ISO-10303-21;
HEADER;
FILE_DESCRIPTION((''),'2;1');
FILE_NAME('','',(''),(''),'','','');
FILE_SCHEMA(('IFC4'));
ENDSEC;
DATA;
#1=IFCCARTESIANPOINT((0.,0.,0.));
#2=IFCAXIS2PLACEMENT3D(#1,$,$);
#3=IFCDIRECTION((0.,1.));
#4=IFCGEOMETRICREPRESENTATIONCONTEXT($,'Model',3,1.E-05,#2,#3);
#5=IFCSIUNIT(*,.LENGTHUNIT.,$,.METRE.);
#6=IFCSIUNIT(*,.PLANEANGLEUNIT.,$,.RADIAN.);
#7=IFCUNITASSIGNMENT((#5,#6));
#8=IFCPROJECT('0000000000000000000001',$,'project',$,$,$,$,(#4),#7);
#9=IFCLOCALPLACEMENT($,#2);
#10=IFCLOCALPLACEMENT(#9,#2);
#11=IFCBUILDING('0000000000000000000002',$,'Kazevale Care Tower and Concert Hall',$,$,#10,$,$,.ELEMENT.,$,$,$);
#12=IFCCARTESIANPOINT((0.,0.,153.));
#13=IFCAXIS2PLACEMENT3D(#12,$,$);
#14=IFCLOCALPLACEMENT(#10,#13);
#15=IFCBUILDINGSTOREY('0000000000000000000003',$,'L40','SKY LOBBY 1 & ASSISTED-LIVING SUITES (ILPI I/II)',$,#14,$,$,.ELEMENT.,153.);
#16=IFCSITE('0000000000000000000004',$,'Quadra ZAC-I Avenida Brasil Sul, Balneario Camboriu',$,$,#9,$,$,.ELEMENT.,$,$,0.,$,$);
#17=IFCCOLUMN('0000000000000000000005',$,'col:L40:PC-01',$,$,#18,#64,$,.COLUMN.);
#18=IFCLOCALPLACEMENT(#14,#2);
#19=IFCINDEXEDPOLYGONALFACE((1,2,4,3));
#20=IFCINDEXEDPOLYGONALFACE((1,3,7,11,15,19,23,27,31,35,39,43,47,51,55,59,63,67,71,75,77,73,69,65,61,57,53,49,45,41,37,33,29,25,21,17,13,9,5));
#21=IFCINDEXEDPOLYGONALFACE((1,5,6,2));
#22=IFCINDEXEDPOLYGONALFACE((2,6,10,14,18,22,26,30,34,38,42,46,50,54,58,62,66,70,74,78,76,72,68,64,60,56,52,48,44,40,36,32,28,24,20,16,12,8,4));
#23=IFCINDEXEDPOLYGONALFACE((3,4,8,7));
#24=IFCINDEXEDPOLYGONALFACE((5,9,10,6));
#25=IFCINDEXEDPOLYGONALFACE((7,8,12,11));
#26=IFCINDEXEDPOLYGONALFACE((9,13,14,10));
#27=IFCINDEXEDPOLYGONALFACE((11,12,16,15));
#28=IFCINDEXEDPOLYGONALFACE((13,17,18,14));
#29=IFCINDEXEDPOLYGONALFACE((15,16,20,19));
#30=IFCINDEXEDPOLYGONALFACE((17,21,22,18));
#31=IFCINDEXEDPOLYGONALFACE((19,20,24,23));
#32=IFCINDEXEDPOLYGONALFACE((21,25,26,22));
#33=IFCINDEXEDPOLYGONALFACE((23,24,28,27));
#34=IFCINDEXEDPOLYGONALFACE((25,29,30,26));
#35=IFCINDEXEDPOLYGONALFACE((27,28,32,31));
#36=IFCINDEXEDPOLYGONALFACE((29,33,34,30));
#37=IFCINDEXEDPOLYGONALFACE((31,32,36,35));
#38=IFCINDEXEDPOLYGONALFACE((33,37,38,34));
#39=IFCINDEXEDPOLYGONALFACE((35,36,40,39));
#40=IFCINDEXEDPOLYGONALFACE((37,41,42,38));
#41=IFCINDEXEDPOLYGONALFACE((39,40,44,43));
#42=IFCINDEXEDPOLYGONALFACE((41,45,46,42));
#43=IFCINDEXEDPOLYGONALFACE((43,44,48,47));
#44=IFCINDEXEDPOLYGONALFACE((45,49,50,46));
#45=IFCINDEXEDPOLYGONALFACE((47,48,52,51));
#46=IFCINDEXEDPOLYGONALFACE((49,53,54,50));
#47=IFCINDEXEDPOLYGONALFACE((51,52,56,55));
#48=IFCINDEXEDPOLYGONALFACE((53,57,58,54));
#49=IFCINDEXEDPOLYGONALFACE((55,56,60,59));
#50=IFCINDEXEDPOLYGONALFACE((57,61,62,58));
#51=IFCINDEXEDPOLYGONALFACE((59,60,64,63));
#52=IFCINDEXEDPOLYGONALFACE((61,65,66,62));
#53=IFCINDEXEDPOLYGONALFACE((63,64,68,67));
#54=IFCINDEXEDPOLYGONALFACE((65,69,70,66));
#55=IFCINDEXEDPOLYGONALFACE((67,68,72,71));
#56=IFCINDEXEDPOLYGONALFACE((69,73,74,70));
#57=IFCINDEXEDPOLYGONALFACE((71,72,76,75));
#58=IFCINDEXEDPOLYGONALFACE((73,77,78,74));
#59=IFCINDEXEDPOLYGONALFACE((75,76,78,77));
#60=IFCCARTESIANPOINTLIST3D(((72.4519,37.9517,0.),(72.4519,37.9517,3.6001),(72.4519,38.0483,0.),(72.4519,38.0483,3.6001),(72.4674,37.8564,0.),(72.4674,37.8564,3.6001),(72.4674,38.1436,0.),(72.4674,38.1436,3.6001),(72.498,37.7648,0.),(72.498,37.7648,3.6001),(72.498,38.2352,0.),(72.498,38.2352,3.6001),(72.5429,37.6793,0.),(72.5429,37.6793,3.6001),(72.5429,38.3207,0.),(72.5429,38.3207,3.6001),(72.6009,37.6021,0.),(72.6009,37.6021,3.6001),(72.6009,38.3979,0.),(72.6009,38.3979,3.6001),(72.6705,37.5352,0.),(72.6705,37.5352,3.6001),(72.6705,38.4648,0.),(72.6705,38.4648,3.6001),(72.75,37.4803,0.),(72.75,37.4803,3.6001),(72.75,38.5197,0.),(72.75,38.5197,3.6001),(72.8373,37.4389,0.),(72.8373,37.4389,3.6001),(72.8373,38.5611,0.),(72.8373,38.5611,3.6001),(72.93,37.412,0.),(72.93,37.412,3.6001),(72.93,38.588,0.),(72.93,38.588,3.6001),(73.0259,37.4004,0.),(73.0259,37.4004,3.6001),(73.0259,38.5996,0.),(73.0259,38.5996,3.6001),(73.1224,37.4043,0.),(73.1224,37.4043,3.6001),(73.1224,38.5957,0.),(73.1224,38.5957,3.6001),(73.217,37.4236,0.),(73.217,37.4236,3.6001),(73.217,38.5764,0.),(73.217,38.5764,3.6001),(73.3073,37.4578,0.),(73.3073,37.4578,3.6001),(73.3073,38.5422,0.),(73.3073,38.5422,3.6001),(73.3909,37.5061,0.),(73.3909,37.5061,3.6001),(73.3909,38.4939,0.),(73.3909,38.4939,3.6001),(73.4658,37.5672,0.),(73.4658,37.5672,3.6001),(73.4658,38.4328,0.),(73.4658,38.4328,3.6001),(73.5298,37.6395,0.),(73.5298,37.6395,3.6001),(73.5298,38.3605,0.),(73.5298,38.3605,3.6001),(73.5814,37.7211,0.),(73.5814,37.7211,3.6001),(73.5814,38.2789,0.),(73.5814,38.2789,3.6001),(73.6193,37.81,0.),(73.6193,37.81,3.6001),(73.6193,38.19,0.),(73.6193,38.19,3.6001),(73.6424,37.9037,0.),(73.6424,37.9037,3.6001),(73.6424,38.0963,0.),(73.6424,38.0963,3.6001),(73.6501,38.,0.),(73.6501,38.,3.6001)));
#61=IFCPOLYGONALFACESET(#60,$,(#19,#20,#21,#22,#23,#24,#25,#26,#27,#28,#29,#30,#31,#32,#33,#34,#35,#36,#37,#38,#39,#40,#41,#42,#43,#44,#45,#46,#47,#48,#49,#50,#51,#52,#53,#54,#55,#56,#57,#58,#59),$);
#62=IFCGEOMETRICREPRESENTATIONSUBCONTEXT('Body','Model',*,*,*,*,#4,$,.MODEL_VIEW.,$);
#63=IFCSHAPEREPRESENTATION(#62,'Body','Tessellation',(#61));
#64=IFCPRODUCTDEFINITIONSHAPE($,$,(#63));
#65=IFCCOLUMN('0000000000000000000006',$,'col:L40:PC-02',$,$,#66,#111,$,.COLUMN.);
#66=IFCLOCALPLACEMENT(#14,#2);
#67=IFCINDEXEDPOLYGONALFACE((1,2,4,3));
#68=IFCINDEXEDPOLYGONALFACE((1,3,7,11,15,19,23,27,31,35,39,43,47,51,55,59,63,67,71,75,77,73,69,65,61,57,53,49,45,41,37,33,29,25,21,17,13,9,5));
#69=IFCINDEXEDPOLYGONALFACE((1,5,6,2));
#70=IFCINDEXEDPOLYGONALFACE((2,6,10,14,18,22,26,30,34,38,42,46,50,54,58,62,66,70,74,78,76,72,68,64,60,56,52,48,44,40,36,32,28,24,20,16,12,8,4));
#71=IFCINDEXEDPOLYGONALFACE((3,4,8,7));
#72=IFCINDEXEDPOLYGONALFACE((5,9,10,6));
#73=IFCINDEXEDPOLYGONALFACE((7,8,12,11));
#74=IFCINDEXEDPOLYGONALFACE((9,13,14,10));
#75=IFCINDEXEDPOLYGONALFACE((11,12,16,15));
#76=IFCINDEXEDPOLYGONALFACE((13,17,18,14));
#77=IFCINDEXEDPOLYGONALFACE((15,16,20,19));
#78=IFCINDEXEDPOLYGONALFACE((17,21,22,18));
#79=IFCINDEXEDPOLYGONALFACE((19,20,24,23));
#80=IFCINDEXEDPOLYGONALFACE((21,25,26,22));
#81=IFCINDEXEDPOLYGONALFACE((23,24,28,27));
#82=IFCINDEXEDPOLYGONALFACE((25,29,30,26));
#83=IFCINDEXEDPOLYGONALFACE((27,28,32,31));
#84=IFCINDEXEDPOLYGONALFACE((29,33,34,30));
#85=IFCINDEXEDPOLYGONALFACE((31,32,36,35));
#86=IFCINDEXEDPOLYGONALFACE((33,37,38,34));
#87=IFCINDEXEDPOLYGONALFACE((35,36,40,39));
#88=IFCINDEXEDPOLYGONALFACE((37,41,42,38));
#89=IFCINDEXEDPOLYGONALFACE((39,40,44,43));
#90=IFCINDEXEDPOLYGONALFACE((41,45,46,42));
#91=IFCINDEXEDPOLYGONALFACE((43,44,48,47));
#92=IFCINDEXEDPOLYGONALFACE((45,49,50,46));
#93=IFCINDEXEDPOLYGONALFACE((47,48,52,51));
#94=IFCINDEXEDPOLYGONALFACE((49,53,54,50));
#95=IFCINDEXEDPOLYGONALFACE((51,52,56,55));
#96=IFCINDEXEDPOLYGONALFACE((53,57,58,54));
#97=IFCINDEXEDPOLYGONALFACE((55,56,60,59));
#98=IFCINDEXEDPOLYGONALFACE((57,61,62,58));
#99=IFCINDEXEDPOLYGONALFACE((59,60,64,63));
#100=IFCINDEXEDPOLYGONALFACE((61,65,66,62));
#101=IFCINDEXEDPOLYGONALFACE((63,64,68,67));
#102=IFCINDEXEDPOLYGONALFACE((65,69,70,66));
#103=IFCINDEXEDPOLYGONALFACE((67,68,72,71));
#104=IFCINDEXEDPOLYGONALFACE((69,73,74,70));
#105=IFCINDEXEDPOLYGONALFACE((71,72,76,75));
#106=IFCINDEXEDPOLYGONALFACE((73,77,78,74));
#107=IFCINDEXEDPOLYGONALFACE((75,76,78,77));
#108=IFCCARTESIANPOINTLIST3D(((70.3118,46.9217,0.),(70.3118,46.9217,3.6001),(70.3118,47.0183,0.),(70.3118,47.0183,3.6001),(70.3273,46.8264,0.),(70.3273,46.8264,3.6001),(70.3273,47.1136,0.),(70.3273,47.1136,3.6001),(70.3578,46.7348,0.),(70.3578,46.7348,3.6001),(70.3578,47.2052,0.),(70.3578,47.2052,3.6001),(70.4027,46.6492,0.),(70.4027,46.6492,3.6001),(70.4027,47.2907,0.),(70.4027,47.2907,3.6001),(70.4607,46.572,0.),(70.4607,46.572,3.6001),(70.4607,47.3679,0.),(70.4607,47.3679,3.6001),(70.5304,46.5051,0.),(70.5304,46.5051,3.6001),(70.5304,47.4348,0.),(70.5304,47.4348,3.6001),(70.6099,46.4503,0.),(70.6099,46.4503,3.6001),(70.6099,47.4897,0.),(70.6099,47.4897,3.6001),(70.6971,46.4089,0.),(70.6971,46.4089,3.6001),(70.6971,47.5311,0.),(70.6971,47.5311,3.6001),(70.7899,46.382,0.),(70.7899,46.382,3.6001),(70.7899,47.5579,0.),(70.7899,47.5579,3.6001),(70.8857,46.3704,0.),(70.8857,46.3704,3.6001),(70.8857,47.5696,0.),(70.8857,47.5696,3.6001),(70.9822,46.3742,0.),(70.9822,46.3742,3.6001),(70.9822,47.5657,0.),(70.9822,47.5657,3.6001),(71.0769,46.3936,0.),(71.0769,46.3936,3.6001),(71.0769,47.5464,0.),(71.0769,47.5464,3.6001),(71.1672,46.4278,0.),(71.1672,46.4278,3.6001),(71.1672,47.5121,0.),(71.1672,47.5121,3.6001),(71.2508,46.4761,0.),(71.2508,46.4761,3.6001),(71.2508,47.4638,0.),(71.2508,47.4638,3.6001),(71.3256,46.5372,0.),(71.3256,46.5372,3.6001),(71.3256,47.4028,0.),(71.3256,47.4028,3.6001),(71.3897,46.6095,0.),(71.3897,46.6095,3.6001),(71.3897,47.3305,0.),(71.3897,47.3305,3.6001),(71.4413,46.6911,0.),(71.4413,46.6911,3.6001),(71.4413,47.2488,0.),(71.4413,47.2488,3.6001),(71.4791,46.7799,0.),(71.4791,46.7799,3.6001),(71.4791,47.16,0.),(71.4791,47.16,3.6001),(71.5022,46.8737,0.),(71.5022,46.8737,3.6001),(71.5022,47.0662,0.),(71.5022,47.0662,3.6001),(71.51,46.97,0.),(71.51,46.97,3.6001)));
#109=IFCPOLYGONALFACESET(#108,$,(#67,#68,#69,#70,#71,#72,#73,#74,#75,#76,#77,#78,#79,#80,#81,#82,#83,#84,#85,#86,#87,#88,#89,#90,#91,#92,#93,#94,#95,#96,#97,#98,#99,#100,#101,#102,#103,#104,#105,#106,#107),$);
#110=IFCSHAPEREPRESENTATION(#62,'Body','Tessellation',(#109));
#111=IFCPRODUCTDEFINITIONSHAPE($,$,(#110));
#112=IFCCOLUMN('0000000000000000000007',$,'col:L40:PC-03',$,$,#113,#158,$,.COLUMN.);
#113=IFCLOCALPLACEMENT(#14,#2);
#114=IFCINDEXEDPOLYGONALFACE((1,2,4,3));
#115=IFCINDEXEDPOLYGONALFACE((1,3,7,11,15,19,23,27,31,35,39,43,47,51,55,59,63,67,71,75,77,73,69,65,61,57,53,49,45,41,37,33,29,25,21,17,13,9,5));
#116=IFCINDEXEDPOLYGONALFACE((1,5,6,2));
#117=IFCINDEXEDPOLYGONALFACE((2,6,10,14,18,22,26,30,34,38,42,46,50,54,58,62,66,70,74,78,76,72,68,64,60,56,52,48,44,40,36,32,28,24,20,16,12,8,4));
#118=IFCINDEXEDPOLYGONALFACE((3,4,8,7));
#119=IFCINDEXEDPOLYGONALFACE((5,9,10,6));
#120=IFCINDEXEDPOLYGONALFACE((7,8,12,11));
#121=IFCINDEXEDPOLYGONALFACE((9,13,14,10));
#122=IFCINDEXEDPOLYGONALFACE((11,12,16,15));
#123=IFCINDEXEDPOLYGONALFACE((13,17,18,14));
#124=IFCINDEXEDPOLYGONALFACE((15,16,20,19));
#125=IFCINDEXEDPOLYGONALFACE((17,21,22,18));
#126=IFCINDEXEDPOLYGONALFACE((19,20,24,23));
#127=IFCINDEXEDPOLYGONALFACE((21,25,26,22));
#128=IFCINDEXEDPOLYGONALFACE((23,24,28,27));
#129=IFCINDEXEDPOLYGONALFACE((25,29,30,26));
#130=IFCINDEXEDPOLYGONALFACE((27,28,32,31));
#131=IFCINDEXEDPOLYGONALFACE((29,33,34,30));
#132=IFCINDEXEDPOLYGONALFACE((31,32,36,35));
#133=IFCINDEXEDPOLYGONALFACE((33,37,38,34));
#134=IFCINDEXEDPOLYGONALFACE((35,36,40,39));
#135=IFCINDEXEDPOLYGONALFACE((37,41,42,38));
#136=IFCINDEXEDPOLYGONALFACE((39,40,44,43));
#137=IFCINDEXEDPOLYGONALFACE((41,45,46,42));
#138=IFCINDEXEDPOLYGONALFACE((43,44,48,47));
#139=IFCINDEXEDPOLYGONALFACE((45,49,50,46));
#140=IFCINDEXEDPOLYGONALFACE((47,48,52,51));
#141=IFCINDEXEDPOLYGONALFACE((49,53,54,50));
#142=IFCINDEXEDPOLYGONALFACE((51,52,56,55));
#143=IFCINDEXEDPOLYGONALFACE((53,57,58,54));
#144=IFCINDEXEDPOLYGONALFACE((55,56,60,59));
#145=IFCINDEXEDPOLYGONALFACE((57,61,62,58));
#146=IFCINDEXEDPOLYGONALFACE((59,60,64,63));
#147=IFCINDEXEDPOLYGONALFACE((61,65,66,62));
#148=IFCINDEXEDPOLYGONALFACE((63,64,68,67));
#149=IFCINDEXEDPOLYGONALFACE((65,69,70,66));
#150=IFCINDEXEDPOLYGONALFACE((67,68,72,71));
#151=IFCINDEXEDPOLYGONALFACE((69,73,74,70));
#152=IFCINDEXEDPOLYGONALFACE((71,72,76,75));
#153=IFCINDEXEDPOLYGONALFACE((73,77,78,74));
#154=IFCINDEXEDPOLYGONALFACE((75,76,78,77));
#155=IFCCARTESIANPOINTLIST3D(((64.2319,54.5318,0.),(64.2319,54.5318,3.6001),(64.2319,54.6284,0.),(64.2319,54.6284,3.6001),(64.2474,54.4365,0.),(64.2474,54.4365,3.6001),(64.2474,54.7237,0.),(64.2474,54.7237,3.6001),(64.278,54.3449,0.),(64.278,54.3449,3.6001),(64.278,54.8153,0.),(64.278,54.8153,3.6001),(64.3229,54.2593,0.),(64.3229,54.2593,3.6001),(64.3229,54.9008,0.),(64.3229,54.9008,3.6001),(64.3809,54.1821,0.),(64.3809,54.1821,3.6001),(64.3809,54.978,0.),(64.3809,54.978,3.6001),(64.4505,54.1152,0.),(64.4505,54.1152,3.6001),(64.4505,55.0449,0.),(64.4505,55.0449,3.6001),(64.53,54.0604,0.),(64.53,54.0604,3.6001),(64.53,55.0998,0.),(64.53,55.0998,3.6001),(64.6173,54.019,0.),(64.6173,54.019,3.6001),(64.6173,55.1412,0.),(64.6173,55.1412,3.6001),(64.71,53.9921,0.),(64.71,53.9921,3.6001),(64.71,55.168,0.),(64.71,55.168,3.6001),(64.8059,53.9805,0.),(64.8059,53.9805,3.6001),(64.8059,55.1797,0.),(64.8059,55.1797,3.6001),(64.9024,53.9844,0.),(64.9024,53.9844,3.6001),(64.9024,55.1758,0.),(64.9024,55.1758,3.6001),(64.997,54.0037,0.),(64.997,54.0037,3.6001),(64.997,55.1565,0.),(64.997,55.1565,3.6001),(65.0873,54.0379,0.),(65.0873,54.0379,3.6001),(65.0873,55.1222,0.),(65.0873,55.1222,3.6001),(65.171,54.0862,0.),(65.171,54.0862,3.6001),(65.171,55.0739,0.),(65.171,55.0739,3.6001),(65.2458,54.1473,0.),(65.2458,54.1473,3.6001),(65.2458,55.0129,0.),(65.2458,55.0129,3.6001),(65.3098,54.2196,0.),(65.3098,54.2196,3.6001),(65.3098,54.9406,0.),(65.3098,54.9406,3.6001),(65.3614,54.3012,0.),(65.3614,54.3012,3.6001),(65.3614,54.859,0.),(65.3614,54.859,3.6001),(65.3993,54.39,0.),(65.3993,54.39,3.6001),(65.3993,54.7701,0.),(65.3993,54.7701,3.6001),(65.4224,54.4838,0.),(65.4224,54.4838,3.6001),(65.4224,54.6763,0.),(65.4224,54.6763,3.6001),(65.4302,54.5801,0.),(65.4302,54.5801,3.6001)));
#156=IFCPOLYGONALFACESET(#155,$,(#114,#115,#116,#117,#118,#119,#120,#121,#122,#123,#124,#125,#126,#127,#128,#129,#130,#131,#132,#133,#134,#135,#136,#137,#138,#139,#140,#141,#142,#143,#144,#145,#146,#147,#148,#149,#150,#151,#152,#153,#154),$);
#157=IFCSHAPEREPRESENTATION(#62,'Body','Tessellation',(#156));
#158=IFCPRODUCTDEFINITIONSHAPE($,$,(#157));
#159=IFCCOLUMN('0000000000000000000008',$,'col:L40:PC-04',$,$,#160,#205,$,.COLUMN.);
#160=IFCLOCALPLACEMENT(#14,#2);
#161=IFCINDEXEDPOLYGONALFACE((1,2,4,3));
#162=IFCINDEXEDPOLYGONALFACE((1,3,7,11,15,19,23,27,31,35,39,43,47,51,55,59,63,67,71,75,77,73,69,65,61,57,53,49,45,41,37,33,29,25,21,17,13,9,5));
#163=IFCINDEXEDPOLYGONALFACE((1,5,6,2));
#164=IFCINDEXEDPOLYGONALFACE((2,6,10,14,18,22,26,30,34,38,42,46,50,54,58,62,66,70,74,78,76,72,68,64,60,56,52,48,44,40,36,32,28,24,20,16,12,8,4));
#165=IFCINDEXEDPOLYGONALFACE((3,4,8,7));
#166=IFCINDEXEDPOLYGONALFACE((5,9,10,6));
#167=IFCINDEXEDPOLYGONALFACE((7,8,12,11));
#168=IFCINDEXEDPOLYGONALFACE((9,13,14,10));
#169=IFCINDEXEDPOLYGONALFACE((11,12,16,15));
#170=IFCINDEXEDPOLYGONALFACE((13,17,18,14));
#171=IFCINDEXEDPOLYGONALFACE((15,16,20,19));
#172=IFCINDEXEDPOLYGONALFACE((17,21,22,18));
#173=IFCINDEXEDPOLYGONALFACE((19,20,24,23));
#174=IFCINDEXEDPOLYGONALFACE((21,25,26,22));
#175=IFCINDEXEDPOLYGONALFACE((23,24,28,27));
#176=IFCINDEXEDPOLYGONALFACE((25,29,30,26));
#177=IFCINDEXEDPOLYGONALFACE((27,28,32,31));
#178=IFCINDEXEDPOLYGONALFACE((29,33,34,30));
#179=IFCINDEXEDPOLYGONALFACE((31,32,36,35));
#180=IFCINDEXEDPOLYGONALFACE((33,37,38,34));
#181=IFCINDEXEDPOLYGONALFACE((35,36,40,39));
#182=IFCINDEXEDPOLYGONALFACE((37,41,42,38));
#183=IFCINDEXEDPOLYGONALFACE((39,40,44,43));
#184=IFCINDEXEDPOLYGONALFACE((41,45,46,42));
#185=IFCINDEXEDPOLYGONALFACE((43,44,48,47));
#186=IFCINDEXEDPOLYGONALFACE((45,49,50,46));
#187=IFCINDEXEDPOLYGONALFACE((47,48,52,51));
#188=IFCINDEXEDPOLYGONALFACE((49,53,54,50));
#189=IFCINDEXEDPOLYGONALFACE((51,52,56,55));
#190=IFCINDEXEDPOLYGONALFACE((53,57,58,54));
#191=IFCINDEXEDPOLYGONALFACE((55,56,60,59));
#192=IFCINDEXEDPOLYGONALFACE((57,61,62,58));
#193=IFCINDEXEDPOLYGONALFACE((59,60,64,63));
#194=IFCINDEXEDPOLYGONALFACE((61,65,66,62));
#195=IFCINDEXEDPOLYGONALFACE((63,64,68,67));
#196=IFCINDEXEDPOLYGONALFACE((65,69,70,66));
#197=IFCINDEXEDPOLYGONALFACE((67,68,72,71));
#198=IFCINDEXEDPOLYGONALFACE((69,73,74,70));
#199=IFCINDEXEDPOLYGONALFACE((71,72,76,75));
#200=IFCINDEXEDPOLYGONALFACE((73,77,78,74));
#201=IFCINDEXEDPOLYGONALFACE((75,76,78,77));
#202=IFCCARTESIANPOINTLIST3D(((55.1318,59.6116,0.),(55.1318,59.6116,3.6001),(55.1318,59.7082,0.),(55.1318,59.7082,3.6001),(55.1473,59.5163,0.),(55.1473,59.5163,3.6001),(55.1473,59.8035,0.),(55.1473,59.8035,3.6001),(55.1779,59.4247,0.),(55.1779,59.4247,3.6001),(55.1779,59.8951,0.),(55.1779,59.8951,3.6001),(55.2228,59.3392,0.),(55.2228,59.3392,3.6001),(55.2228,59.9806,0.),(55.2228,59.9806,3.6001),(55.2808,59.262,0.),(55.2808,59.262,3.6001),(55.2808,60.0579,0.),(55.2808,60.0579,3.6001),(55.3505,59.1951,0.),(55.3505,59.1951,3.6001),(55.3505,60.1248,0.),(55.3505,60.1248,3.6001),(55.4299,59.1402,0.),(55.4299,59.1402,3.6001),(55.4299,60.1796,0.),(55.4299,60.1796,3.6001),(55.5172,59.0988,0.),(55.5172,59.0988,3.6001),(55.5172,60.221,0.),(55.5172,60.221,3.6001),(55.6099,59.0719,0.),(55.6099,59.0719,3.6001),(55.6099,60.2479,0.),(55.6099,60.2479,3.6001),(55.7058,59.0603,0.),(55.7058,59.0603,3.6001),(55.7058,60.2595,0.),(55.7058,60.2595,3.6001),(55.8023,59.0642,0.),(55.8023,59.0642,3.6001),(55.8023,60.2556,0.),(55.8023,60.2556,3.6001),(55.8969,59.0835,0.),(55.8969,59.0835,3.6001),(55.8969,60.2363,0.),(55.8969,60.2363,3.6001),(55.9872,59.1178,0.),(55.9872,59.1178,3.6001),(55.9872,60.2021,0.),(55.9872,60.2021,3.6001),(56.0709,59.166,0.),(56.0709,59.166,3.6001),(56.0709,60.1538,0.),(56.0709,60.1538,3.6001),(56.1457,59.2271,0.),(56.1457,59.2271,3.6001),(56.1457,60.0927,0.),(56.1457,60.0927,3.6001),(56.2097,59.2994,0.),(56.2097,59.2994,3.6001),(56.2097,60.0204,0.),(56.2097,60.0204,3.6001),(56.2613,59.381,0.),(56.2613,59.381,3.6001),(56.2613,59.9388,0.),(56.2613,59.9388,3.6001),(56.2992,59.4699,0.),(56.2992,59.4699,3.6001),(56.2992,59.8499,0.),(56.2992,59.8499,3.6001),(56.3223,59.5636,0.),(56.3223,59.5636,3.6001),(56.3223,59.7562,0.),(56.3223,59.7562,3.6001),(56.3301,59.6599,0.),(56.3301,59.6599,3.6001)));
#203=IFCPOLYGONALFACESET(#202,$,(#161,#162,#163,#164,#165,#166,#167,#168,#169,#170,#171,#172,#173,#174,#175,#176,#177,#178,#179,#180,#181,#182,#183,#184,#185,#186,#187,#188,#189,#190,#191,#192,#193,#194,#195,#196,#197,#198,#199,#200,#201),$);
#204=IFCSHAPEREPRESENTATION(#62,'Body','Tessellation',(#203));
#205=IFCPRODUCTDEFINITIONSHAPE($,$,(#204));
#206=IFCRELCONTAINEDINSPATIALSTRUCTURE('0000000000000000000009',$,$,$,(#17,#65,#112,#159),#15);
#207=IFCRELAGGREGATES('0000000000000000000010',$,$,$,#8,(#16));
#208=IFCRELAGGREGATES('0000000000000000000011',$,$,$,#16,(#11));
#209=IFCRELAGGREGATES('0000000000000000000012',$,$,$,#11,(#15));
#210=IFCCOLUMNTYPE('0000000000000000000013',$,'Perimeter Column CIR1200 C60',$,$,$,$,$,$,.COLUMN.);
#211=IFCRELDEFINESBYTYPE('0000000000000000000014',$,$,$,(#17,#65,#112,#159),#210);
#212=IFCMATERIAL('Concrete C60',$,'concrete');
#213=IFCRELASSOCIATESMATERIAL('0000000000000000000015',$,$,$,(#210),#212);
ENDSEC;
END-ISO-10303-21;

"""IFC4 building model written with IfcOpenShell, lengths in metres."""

from ifc_helpers import new_model, si_unit, direction, frame, origin, origin_2d, place, context, subcontext, project, spatial, circle, extrude, material, material_profile, profile_set, type_object, element, save


model = new_model("IFC4")

# Units and contexts
model_context = context("Model", 3, precision=1e-05, world=origin(), true_north=direction((0.0, 1.0)))
body_context = subcontext(model_context, "Body", "Model", "MODEL_VIEW")
ifc_project = project(units=[si_unit("LENGTHUNIT", "METRE"), si_unit("PLANEANGLEUNIT", "RADIAN")], contexts=[model_context])

# Site, building, storey
site_placement = place(None, origin())
site = spatial("IfcSite", under=ifc_project, at=site_placement, Name="Quadra ZAC-I Avenida Brasil Sul, Balneario Camboriu", CompositionType="ELEMENT", RefElevation=0.0)
building_placement = place(site_placement, origin())
building = spatial("IfcBuilding", under=site, at=building_placement, Name="Kazevale Care Tower and Concert Hall", CompositionType="ELEMENT")
storey_placement = place(building_placement, frame((0.0, 0.0, 153.0)))
storey = spatial("IfcBuildingStorey", under=building, at=storey_placement, Name="L40", Description="SKY LOBBY 1 & ASSISTED-LIVING SUITES (ILPI I/II)", CompositionType="ELEMENT", Elevation=153.0)

# Columns
ifc_material_1 = material(Name="Concrete C60", Category="concrete")
ifc_material_profile_1 = material_profile(ifc_material_1, circle(Radius=0.6001, at=origin_2d()), Name="RC-CIR1200")
ifc_profile_set_1 = profile_set([ifc_material_profile_1], Name="Concrete C60")
column_type = type_object("IfcColumnType", Name="Perimeter Column CIR1200 C60", PredefinedType="COLUMN", material=ifc_profile_set_1)
for number, where, z_axis, x_axis, name in (
    (1, (73.05, 38.0, 0.0), (0.0, 0.0, 1.0), (1.0, 0.0, 0.0), "col:L40:PC-01"),
    (2, (70.9099, 46.97, 0.0), (0.0, 0.0, 1.0), (1.0, 0.0, 0.0), "col:L40:PC-02"),
    (3, (64.8301, 54.5801, 0.0), (0.0, 0.0, 1.0), (1.0, 0.0, 0.0), "col:L40:PC-03"),
    (4, (55.73, 59.6599, 0.0), (0.0, 0.0, 1.0), (1.0, 0.0, 0.0), "col:L40:PC-04"),
):
    element("IfcColumn", number, at=place(storey_placement, frame(where, z_axis=z_axis, x_axis=x_axis)), inside=storey, type_object=column_type, Name=name, PredefinedType="COLUMN", context=body_context, shape_type="SweptSolid", body=[
        extrude(circle(Radius=0.6001, at=origin_2d()), origin(), (0.0, 0.0, 1.0), 3.6001),
    ])

save(model, "model.ifc")
